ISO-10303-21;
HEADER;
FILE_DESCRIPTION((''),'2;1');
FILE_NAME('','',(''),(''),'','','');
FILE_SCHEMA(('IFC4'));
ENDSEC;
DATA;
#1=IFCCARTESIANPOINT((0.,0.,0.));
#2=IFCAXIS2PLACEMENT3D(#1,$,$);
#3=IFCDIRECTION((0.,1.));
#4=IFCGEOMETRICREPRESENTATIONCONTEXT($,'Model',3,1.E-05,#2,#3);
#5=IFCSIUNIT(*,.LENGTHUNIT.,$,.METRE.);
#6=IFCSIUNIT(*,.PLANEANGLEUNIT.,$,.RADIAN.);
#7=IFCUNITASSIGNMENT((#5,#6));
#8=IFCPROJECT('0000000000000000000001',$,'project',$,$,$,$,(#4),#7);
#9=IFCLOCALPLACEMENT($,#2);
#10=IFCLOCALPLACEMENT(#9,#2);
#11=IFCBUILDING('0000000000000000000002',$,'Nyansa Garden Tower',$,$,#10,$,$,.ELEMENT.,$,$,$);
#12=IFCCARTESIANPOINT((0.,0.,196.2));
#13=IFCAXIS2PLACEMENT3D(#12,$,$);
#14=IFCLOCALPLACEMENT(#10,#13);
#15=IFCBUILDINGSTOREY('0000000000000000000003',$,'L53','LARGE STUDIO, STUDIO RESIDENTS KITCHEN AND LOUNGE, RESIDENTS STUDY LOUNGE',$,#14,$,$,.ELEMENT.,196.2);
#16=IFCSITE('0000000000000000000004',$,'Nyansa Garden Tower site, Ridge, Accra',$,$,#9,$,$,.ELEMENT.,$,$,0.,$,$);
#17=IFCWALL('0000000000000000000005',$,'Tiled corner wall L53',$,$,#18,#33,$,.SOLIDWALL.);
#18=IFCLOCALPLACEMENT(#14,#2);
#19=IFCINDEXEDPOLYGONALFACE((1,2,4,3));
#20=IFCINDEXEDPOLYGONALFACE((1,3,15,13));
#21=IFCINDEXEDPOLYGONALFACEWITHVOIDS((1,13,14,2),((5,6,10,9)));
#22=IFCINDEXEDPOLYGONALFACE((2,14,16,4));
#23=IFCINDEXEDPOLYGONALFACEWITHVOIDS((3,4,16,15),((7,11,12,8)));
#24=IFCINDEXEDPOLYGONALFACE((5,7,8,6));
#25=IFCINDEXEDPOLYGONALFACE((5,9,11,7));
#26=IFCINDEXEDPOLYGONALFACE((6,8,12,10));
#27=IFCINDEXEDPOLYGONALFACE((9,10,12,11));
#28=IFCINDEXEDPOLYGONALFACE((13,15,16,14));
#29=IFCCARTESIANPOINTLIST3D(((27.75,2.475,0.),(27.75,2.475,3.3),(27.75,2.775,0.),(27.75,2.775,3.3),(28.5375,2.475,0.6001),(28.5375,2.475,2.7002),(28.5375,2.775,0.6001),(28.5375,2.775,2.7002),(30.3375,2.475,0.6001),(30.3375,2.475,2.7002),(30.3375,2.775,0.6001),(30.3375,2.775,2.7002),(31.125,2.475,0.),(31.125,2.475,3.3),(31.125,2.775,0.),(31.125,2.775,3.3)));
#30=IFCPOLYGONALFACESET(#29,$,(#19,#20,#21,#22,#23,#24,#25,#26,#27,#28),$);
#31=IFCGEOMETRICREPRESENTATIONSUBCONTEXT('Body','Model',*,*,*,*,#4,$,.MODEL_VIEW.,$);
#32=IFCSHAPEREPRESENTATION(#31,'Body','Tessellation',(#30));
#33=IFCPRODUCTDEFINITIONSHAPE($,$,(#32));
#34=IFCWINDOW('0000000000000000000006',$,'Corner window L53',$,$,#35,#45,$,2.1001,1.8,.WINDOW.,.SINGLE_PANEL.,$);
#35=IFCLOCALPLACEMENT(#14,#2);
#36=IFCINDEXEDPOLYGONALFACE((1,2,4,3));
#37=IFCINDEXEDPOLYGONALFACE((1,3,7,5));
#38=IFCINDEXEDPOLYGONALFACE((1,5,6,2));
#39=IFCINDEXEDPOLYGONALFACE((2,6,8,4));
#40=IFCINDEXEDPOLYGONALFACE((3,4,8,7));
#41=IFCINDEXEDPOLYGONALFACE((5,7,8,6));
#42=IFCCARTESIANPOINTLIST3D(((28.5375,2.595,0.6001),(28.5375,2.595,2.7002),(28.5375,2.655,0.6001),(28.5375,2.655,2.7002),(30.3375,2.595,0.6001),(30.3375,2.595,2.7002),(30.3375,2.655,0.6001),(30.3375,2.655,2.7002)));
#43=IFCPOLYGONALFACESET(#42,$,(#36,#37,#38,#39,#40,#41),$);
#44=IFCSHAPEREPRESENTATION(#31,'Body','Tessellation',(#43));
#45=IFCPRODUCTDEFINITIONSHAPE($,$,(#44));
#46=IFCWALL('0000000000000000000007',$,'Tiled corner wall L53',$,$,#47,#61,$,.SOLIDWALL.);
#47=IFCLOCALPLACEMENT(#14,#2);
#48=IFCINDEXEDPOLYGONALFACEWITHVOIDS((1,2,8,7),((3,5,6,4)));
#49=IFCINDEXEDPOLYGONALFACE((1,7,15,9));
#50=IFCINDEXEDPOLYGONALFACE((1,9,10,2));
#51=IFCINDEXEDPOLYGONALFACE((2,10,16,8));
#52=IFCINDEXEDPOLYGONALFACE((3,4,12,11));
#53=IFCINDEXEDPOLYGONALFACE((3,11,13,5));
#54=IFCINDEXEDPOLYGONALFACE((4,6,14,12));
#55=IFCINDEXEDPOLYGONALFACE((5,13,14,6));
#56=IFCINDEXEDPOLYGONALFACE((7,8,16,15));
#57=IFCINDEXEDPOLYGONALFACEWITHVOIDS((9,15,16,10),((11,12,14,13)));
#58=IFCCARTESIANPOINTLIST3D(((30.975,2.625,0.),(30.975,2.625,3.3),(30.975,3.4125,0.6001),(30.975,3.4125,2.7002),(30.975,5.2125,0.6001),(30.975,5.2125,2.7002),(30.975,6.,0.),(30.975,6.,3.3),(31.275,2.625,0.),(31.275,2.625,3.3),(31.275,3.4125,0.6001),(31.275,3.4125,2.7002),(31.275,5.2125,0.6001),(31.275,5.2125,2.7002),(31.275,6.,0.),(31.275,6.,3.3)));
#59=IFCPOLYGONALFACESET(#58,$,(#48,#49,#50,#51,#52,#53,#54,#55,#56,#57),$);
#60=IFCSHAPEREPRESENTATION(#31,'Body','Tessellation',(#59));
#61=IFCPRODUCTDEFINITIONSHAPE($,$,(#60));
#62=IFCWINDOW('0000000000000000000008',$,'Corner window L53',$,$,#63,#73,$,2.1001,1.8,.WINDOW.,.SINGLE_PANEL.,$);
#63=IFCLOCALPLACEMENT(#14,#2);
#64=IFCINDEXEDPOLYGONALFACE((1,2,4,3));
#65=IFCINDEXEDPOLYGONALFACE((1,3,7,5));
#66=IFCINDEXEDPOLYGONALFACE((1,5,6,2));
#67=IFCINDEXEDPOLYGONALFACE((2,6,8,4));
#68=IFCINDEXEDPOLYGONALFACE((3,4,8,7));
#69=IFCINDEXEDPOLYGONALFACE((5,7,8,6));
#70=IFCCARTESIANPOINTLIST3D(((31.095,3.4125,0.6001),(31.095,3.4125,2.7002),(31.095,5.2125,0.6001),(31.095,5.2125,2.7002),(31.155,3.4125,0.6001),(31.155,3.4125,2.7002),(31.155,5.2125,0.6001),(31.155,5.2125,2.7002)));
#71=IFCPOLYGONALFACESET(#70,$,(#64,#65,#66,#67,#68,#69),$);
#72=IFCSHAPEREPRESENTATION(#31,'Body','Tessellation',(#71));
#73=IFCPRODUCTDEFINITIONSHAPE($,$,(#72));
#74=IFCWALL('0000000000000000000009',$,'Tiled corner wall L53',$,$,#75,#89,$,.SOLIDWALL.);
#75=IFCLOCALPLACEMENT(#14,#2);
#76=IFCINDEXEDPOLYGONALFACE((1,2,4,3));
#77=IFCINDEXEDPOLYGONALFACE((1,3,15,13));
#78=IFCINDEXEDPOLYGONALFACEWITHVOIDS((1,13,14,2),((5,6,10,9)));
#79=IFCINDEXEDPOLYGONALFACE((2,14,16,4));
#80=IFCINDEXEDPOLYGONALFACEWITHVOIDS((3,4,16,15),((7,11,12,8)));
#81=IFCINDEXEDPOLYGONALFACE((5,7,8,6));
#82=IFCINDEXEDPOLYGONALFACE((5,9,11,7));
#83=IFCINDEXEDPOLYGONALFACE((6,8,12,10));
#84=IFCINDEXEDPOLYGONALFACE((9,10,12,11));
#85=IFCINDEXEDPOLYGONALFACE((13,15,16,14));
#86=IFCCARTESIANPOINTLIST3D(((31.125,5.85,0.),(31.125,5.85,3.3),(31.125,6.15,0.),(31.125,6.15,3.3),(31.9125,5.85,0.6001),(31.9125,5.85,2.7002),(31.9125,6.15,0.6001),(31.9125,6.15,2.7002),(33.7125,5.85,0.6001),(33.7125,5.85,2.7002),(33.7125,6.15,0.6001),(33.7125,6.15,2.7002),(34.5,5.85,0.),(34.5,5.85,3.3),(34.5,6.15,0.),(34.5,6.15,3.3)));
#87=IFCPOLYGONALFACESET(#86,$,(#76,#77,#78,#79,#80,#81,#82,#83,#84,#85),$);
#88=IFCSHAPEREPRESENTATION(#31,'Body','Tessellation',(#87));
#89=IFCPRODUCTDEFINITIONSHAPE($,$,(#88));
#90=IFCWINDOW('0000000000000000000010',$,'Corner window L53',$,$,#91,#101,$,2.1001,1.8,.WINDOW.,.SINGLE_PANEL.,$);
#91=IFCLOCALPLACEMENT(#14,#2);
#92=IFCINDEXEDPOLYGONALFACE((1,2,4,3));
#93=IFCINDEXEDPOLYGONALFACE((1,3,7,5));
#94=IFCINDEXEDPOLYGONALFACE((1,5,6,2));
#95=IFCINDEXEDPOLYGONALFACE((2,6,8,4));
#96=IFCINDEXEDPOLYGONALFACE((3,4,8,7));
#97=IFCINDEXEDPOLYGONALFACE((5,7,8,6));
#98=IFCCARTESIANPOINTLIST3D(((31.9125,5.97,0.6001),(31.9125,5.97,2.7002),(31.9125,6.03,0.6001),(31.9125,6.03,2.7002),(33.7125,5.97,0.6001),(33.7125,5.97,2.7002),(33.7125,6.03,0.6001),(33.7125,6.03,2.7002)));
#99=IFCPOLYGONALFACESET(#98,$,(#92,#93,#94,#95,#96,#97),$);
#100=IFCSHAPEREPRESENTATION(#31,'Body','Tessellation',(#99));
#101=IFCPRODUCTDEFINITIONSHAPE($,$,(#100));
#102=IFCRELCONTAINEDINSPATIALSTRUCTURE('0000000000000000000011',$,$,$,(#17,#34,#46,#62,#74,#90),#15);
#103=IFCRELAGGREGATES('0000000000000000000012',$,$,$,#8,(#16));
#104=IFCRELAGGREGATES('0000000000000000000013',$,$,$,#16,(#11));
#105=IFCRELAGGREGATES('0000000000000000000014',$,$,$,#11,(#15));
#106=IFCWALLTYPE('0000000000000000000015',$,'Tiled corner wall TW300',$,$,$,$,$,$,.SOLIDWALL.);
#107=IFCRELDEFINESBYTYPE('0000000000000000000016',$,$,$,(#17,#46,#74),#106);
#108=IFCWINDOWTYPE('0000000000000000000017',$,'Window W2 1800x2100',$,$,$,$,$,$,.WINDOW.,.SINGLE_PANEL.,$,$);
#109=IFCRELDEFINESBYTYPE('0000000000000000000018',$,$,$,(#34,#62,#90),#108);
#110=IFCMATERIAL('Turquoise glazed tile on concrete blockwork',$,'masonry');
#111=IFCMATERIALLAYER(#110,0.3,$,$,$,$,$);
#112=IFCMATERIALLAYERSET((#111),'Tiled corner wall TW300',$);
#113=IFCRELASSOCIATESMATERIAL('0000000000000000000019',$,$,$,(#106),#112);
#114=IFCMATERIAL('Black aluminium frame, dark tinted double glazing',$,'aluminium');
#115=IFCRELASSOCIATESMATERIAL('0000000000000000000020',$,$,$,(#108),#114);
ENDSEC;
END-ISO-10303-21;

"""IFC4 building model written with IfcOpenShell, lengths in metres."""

from ifc_helpers import new_model, si_unit, direction, frame, frame_2d, origin, place, context, subcontext, project, spatial, rectangle, extrude, material, layer, layer_set, type_object, element, fill, save


model = new_model("IFC4")

# Units and contexts
model_context = context("Model", 3, precision=1e-05, world=origin(), true_north=direction((0.0, 1.0)))
body_context = subcontext(model_context, "Body", "Model", "MODEL_VIEW")
ifc_project = project(units=[si_unit("LENGTHUNIT", "METRE"), si_unit("PLANEANGLEUNIT", "RADIAN")], contexts=[model_context])

# Site, building, storey
site_placement = place(None, origin())
site = spatial("IfcSite", under=ifc_project, at=site_placement, Name="Nyansa Garden Tower site, Ridge, Accra", CompositionType="ELEMENT", RefElevation=0.0)
building_placement = place(site_placement, origin())
building = spatial("IfcBuilding", under=site, at=building_placement, Name="Nyansa Garden Tower", CompositionType="ELEMENT")
storey_placement = place(building_placement, frame((0.0, 0.0, 196.2)))
storey = spatial("IfcBuildingStorey", under=building, at=storey_placement, Name="L53", Description="LARGE STUDIO, STUDIO RESIDENTS KITCHEN AND LOUNGE, RESIDENTS STUDY LOUNGE", CompositionType="ELEMENT", Elevation=196.2)

# Walls, openings, windows
ifc_material_1 = material(Name="Turquoise glazed tile on concrete blockwork", Category="masonry")
ifc_layer_1 = layer(ifc_material_1, 0.3)
ifc_layer_set_1 = layer_set([ifc_layer_1], Name="Tiled corner wall TW300")
wall_type_1 = type_object("IfcWallType", Name="Tiled corner wall TW300", PredefinedType="SOLIDWALL", material=ifc_layer_set_1)
wall_1_placement = place(storey_placement, frame((27.75, 2.625, 0.0), z_axis=(0.0, 0.0, 1.0), x_axis=(1.0, 0.0, 0.0)))
wall_1 = element("IfcWall", 1, at=wall_1_placement, inside=storey, type_object=wall_type_1, Name="Tiled corner wall L53", PredefinedType="SOLIDWALL", context=body_context, shape_type="SweptSolid", body=[
    extrude(rectangle(XDim=3.375, YDim=0.3, at=frame_2d((1.6875, 0.0))), origin(), (0.0, 0.0, 1.0), 3.3),
])
opening_1_placement = place(wall_1_placement, frame((0.7876, 0.0, 0.6001)))
opening_1 = element("IfcOpeningElement", 2, at=opening_1_placement, cuts=wall_1, PredefinedType="OPENING", context=body_context, shape_type="SweptSolid", body=[
    extrude(rectangle(XDim=1.8, YDim=2.1001, at=frame_2d((0.8999, 1.05))), frame((0.0, 0.1599, 0.0), z_axis=(0.0, -1.0, 0.0), x_axis=(1.0, 0.0, 0.0)), (0.0, 0.0, 1.0), 0.3201),
])
ifc_material_2 = material(Name="Black aluminium frame, dark tinted double glazing", Category="aluminium")
window_type_1 = type_object("IfcWindowType", Name="Window W2 1800x2100", PartitioningType="SINGLE_PANEL", PredefinedType="WINDOW", material=ifc_material_2)
window_1_placement = place(opening_1_placement, origin())
window_1 = element("IfcWindow", 3, at=window_1_placement, inside=storey, type_object=window_type_1, Name="Corner window L53", OverallHeight=2.1001, OverallWidth=1.8, PartitioningType="SINGLE_PANEL", PredefinedType="WINDOW", context=body_context, shape_type="SweptSolid", body=[
    extrude(rectangle(XDim=1.8, YDim=2.1001, at=frame_2d((0.8999, 1.05))), frame((0.0, 0.03, 0.0), z_axis=(0.0, -1.0, 0.0), x_axis=(1.0, 0.0, 0.0)), (0.0, 0.0, 1.0), 0.0601),
])
fill(opening_1, window_1)
wall_2_placement = place(storey_placement, frame((31.125, 2.625, 0.0), z_axis=(0.0, 0.0, 1.0), x_axis=(0.0, 1.0, 0.0)))
wall_2 = element("IfcWall", 4, at=wall_2_placement, inside=storey, type_object=wall_type_1, Name="Tiled corner wall L53", PredefinedType="SOLIDWALL", context=body_context, shape_type="SweptSolid", body=[
    extrude(rectangle(XDim=3.375, YDim=0.3, at=frame_2d((1.6875, 0.0))), origin(), (0.0, 0.0, 1.0), 3.3),
])
opening_2_placement = place(wall_2_placement, frame((0.7876, 0.0, 0.6001)))
opening_2 = element("IfcOpeningElement", 5, at=opening_2_placement, cuts=wall_2, PredefinedType="OPENING", context=body_context, shape_type="SweptSolid", body=[
    extrude(rectangle(XDim=1.8, YDim=2.1001, at=frame_2d((0.8999, 1.05))), frame((0.0, 0.1599, 0.0), z_axis=(0.0, -1.0, 0.0), x_axis=(1.0, 0.0, 0.0)), (0.0, 0.0, 1.0), 0.3201),
])
window_2_placement = place(opening_2_placement, origin())
window_2 = element("IfcWindow", 6, at=window_2_placement, inside=storey, type_object=window_type_1, Name="Corner window L53", OverallHeight=2.1001, OverallWidth=1.8, PartitioningType="SINGLE_PANEL", PredefinedType="WINDOW", context=body_context, shape_type="SweptSolid", body=[
    extrude(rectangle(XDim=1.8, YDim=2.1001, at=frame_2d((0.8999, 1.05))), frame((0.0, 0.03, 0.0), z_axis=(0.0, -1.0, 0.0), x_axis=(1.0, 0.0, 0.0)), (0.0, 0.0, 1.0), 0.0601),
])
fill(opening_2, window_2)
wall_3_placement = place(storey_placement, frame((31.125, 6.0, 0.0), z_axis=(0.0, 0.0, 1.0), x_axis=(1.0, 0.0, 0.0)))
wall_3 = element("IfcWall", 7, at=wall_3_placement, inside=storey, type_object=wall_type_1, Name="Tiled corner wall L53", PredefinedType="SOLIDWALL", context=body_context, shape_type="SweptSolid", body=[
    extrude(rectangle(XDim=3.375, YDim=0.3, at=frame_2d((1.6875, 0.0))), origin(), (0.0, 0.0, 1.0), 3.3),
])
opening_3_placement = place(wall_3_placement, frame((0.7876, 0.0, 0.6001)))
opening_3 = element("IfcOpeningElement", 8, at=opening_3_placement, cuts=wall_3, PredefinedType="OPENING", context=body_context, shape_type="SweptSolid", body=[
    extrude(rectangle(XDim=1.8, YDim=2.1001, at=frame_2d((0.8999, 1.05))), frame((0.0, 0.1599, 0.0), z_axis=(0.0, -1.0, 0.0), x_axis=(1.0, 0.0, 0.0)), (0.0, 0.0, 1.0), 0.3201),
])
window_3_placement = place(opening_3_placement, origin())
window_3 = element("IfcWindow", 9, at=window_3_placement, inside=storey, type_object=window_type_1, Name="Corner window L53", OverallHeight=2.1001, OverallWidth=1.8, PartitioningType="SINGLE_PANEL", PredefinedType="WINDOW", context=body_context, shape_type="SweptSolid", body=[
    extrude(rectangle(XDim=1.8, YDim=2.1001, at=frame_2d((0.8999, 1.05))), frame((0.0, 0.03, 0.0), z_axis=(0.0, -1.0, 0.0), x_axis=(1.0, 0.0, 0.0)), (0.0, 0.0, 1.0), 0.0601),
])
fill(opening_3, window_3)

save(model, "model.ifc")
